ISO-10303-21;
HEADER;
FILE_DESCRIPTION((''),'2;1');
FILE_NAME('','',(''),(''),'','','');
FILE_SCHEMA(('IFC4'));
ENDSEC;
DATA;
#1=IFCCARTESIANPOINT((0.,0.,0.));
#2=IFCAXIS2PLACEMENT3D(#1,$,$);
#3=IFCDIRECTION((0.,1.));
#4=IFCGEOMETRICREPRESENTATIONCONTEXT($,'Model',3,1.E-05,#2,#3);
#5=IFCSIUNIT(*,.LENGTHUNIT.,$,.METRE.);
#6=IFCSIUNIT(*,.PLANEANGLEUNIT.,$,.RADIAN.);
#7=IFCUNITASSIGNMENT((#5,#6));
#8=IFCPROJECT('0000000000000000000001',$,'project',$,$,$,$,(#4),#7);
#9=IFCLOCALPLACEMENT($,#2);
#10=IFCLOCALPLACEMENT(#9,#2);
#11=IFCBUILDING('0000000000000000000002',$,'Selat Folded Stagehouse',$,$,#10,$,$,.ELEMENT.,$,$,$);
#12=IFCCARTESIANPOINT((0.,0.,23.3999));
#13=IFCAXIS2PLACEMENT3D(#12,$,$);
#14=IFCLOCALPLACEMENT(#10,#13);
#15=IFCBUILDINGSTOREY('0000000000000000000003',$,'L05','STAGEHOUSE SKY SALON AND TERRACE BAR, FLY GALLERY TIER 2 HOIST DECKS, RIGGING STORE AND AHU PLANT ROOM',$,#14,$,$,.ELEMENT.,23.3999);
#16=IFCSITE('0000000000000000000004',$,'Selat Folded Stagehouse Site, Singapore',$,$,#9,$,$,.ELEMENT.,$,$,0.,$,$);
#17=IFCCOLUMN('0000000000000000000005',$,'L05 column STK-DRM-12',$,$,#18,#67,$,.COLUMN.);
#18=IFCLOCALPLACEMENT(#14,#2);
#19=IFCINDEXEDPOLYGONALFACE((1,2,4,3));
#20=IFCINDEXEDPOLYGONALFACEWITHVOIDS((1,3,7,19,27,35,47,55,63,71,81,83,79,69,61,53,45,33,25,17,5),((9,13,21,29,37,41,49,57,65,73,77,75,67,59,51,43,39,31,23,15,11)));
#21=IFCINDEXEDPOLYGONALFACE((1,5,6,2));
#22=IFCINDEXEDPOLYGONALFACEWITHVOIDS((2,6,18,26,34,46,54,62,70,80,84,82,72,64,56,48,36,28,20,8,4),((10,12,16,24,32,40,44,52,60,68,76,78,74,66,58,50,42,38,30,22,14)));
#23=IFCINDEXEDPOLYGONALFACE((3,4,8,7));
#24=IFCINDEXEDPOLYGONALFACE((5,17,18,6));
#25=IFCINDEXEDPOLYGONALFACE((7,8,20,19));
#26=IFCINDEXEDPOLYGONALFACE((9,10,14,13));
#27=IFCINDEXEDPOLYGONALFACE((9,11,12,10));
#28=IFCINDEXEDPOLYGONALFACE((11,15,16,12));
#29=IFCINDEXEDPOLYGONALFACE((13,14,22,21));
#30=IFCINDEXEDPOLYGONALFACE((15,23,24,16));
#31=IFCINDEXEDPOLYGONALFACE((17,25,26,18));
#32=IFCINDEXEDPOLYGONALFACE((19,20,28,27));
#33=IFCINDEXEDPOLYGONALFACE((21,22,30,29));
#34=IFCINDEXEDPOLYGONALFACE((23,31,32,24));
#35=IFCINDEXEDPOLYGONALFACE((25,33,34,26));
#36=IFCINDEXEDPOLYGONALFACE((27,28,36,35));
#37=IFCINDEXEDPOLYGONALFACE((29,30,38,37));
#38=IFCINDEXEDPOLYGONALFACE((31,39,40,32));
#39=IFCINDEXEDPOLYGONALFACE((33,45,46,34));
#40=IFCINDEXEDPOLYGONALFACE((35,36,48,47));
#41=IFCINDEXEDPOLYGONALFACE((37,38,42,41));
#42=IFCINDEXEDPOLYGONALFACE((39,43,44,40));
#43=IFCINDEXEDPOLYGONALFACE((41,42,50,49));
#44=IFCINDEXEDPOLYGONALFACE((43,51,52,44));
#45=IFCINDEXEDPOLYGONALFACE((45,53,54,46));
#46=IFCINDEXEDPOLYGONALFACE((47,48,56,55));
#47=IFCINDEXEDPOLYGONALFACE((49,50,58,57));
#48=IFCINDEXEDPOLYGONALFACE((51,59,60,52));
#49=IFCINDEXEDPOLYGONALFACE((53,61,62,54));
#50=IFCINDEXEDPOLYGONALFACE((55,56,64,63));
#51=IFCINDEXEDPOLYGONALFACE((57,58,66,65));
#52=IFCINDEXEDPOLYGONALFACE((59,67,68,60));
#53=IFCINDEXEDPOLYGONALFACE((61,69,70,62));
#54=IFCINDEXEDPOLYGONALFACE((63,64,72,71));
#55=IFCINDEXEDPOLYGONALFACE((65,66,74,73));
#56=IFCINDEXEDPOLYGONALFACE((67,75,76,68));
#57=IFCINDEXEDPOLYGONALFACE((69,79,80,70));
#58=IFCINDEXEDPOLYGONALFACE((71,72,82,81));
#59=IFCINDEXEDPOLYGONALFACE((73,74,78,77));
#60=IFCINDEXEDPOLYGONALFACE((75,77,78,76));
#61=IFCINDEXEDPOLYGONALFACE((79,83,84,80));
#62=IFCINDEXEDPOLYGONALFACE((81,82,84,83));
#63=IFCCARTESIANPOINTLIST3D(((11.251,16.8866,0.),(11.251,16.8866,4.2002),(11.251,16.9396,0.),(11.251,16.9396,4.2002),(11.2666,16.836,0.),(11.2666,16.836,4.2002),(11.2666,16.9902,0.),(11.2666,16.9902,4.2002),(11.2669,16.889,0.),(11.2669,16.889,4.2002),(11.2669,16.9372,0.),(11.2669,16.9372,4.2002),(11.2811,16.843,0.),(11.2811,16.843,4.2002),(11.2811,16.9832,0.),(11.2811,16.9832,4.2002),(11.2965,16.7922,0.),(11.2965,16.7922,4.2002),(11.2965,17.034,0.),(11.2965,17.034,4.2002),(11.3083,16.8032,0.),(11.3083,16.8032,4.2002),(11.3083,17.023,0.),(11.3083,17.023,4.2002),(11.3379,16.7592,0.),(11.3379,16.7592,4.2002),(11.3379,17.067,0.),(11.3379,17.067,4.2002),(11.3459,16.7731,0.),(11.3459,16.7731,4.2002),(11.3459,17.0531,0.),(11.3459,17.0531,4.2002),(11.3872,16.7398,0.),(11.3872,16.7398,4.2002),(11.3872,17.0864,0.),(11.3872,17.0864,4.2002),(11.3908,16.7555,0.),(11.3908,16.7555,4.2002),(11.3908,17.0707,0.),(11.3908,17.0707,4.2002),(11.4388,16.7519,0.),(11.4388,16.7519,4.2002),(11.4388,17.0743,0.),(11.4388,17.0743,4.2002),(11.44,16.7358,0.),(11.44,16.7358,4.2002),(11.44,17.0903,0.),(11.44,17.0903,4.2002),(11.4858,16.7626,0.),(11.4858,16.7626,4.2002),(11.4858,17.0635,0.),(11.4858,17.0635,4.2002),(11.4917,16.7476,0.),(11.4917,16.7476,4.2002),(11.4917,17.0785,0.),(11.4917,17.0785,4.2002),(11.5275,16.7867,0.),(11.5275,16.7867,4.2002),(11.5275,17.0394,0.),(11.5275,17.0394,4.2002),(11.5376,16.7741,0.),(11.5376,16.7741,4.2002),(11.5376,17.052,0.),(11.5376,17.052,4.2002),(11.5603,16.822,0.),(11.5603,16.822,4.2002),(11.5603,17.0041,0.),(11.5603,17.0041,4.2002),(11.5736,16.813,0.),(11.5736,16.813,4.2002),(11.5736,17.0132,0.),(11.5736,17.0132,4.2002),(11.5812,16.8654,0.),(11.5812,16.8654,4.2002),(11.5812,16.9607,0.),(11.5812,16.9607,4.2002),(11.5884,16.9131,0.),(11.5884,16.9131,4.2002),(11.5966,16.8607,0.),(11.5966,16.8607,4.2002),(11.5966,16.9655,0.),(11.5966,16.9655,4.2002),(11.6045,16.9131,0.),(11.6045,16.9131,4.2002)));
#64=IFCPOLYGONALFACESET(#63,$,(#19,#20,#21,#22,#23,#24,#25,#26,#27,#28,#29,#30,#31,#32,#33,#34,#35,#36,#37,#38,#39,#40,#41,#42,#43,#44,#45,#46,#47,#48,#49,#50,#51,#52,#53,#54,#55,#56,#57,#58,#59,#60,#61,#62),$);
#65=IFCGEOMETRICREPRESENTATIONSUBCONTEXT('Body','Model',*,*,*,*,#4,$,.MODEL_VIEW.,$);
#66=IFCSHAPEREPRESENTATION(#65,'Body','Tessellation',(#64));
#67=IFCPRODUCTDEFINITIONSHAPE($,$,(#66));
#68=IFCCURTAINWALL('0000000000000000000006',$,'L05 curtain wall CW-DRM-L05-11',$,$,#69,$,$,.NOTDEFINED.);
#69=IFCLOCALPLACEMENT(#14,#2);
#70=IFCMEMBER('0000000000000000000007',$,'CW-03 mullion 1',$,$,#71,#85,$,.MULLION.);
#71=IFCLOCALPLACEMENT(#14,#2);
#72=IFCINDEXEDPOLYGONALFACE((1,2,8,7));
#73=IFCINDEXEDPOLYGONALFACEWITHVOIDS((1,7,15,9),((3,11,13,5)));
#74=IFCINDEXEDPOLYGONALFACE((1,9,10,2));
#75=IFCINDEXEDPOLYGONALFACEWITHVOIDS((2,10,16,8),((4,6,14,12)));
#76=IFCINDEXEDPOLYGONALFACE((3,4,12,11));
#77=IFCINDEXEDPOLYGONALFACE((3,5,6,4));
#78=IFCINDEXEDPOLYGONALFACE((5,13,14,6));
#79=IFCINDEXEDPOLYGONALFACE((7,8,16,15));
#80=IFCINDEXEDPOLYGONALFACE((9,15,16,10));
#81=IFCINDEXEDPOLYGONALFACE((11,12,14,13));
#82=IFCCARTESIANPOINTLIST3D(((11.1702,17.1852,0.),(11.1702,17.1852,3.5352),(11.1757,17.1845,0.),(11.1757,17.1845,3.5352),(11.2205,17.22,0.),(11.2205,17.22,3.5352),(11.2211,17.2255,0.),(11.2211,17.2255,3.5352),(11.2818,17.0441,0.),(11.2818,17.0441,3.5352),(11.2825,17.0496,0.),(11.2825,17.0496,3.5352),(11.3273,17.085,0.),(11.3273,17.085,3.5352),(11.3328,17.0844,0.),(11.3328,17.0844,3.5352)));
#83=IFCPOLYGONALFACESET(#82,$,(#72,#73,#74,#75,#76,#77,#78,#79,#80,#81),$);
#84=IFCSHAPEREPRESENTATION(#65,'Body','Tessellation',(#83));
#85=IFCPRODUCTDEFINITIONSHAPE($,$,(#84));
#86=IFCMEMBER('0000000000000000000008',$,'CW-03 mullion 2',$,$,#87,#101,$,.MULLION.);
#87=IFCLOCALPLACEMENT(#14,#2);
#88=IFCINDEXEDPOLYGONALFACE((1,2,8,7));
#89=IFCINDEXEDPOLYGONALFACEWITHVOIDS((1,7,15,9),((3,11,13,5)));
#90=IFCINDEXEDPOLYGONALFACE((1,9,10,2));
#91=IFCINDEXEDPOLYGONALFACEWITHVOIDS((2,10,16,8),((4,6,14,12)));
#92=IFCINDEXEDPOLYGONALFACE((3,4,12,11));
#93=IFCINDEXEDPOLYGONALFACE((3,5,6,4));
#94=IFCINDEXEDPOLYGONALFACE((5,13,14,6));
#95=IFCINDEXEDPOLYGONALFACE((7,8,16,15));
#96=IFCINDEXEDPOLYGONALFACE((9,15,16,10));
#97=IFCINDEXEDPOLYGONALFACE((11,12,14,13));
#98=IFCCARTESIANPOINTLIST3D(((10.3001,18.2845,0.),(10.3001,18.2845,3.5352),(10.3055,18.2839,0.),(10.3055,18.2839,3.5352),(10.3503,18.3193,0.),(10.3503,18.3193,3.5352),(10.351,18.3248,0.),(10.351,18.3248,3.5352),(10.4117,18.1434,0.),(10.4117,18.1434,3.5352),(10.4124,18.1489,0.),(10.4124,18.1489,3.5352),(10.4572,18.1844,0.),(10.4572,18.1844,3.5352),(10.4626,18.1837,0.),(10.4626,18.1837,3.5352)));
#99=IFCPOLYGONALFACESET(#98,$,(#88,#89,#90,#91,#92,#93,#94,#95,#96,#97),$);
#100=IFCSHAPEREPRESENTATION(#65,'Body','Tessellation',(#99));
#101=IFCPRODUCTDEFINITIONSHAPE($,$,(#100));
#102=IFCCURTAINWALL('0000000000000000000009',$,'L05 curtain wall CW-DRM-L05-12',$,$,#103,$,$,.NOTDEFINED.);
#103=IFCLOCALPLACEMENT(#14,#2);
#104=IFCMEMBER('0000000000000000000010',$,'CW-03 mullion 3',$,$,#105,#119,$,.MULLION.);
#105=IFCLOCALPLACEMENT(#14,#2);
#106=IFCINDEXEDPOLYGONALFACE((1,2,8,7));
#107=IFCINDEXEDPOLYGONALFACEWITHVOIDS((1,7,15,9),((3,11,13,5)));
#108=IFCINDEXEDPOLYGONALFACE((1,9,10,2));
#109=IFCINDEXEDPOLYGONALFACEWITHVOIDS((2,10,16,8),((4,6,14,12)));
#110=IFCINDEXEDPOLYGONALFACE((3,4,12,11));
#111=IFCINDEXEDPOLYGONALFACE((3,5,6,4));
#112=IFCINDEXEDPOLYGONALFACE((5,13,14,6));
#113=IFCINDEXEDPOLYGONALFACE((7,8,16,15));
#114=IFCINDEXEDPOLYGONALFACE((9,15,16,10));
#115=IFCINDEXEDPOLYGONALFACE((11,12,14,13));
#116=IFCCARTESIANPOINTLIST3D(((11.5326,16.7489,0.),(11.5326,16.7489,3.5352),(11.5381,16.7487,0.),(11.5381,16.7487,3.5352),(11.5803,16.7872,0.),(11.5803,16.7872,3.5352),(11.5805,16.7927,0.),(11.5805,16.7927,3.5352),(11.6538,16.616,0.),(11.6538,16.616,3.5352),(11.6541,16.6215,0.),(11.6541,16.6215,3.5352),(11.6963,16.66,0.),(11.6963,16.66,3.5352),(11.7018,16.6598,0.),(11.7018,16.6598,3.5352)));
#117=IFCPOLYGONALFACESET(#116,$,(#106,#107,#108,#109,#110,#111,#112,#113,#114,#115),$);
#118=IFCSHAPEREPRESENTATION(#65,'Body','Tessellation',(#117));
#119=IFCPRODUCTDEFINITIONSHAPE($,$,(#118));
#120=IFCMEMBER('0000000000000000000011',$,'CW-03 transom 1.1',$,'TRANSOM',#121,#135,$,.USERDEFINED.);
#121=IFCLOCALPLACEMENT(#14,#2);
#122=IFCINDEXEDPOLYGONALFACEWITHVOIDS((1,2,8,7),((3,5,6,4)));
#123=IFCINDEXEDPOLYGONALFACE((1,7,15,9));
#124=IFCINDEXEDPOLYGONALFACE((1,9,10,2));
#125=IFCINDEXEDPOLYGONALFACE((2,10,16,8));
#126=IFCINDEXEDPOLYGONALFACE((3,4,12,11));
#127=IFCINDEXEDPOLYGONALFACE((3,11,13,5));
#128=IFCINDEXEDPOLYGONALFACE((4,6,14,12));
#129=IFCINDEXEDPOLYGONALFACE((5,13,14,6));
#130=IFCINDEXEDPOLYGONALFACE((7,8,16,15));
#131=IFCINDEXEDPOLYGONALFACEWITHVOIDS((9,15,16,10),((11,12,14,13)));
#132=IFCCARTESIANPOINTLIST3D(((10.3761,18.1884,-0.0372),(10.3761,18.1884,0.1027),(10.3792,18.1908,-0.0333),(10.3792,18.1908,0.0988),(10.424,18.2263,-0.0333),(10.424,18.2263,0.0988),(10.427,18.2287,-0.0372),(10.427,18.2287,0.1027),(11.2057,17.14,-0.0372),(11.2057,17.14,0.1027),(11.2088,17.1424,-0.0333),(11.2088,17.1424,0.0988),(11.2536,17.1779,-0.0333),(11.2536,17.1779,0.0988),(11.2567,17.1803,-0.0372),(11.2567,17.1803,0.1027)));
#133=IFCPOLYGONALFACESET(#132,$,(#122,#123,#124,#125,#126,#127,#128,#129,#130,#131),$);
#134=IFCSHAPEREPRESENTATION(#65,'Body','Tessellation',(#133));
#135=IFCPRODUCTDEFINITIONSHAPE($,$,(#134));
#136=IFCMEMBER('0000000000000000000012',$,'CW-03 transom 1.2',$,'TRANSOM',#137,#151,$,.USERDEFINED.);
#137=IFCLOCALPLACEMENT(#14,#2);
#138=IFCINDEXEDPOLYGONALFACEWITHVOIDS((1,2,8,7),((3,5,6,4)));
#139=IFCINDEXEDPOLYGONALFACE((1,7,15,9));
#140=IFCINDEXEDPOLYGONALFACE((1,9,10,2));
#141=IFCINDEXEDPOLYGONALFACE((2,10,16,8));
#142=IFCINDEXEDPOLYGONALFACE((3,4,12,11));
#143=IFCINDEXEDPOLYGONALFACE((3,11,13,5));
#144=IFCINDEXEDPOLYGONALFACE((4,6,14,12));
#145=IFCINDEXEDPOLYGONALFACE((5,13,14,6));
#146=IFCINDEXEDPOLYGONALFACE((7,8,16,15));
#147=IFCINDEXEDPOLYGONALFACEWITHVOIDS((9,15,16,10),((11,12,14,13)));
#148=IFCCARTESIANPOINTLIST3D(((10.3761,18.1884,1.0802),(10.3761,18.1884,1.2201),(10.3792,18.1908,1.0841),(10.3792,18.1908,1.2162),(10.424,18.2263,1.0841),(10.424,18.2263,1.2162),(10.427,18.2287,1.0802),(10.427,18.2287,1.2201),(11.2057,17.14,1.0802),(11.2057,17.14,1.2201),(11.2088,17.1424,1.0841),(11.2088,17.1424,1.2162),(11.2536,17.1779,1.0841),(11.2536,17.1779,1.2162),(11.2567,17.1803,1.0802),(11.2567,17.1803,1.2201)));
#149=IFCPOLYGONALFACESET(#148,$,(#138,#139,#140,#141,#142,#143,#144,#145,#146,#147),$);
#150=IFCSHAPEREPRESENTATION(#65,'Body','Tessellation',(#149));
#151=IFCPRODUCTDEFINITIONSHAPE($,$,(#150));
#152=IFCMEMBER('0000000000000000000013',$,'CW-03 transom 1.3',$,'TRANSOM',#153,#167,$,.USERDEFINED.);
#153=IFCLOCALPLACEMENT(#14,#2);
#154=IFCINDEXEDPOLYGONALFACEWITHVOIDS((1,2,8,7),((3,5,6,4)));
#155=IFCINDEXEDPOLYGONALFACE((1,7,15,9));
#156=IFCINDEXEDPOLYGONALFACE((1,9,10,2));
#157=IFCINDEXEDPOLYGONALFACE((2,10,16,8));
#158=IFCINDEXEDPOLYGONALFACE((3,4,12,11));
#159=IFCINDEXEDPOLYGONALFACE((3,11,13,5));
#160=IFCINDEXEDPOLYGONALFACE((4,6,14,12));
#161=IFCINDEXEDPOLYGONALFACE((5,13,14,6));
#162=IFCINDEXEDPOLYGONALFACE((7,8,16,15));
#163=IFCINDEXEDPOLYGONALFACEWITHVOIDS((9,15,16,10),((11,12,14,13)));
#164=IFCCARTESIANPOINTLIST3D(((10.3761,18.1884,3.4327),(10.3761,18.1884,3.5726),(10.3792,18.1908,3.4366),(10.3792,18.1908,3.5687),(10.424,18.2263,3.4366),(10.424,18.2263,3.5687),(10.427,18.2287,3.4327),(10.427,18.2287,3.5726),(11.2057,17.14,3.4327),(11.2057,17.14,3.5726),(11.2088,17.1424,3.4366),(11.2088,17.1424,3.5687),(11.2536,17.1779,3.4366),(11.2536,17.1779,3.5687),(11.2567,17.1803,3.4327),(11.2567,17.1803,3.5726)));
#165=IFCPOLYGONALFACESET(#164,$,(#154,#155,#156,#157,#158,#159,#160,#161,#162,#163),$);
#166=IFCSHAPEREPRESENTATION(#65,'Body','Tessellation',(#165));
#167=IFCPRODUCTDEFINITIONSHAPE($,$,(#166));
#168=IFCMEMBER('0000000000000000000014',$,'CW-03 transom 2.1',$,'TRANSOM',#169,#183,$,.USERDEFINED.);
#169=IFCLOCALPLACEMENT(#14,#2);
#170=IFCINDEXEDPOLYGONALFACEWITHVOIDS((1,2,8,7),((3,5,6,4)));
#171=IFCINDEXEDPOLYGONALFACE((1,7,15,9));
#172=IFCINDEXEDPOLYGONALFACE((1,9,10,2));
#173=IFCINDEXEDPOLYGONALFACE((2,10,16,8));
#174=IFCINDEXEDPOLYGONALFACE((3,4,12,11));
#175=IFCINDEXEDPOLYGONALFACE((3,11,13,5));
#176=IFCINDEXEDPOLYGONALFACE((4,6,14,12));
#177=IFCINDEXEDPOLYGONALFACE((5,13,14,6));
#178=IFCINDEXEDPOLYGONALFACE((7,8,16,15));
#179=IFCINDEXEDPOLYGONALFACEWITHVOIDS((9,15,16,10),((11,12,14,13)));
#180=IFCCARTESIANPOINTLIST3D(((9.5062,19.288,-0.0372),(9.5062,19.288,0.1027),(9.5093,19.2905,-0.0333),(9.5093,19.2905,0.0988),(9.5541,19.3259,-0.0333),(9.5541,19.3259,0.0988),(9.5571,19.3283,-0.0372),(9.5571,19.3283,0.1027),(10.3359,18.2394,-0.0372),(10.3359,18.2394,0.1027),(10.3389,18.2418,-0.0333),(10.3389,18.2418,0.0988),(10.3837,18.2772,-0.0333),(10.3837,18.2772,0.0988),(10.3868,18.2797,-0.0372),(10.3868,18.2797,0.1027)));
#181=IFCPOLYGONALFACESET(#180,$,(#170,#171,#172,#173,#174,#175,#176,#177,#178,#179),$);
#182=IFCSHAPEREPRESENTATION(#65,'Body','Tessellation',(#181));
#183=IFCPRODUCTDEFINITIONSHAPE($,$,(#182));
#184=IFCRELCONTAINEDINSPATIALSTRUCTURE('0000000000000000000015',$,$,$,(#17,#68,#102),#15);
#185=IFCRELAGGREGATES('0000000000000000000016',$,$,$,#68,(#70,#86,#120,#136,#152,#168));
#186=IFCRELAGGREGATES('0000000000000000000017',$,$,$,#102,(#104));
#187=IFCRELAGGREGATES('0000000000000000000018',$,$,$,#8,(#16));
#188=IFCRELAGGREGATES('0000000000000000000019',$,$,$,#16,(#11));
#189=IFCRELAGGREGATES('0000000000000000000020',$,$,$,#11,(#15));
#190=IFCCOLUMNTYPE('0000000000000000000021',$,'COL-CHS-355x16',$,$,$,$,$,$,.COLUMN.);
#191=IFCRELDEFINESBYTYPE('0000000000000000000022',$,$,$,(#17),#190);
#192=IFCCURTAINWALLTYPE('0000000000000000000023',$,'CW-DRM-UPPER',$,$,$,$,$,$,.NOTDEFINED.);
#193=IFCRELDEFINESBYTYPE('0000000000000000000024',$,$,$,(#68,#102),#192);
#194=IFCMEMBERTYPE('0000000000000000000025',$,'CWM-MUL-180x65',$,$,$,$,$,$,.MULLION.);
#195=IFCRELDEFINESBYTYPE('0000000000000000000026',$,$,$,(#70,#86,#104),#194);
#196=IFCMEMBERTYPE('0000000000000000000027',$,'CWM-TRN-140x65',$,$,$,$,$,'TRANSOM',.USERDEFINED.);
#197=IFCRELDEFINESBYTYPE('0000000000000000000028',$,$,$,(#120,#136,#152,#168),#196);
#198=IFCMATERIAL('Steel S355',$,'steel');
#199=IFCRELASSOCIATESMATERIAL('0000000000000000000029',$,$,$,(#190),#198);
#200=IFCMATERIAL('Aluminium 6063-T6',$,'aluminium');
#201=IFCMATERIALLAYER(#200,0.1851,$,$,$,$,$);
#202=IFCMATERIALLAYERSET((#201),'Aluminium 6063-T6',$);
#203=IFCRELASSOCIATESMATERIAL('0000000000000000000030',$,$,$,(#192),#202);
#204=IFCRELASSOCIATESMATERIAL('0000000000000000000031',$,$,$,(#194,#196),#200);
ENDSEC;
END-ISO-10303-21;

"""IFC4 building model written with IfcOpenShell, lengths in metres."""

from ifc_helpers import new_model, si_unit, direction, frame, origin, origin_2d, place, context, subcontext, project, spatial, hollow_rectangle, hollow_circle, extrude, material, layer, layer_set, material_profile, profile_set, type_object, element, aggregate, save


model = new_model("IFC4")

# Units and contexts
model_context = context("Model", 3, precision=1e-05, world=origin(), true_north=direction((0.0, 1.0)))
body_context = subcontext(model_context, "Body", "Model", "MODEL_VIEW")
ifc_project = project(units=[si_unit("LENGTHUNIT", "METRE"), si_unit("PLANEANGLEUNIT", "RADIAN")], contexts=[model_context])

# Site, building, storey
site_placement = place(None, origin())
site = spatial("IfcSite", under=ifc_project, at=site_placement, Name="Selat Folded Stagehouse Site, Singapore", CompositionType="ELEMENT", RefElevation=0.0)
building_placement = place(site_placement, origin())
building = spatial("IfcBuilding", under=site, at=building_placement, Name="Selat Folded Stagehouse", CompositionType="ELEMENT")
storey_placement = place(building_placement, frame((0.0, 0.0, 23.3999)))
storey = spatial("IfcBuildingStorey", under=building, at=storey_placement, Name="L05", Description="STAGEHOUSE SKY SALON AND TERRACE BAR, FLY GALLERY TIER 2 HOIST DECKS, RIGGING STORE AND AHU PLANT ROOM", CompositionType="ELEMENT", Elevation=23.3999)

# Column
ifc_material_1 = material(Name="Steel S355", Category="steel")
ifc_material_profile_1 = material_profile(ifc_material_1, hollow_circle(Radius=0.1777, WallThickness=0.0161, at=origin_2d()), Name="CHS 355.6x16.0")
ifc_profile_set_1 = profile_set([ifc_material_profile_1], Name="Steel S355")
column_type = type_object("IfcColumnType", Name="COL-CHS-355x16", PredefinedType="COLUMN", material=ifc_profile_set_1)
column_placement = place(storey_placement, frame((11.4268, 16.9131, 0.0), z_axis=(0.0, 0.0, 1.0), x_axis=(1.0, 0.0, 0.0)))
element("IfcColumn", 1, at=column_placement, inside=storey, type_object=column_type, Name="L05 column STK-DRM-12", PredefinedType="COLUMN", context=body_context, shape_type="SweptSolid", body=[
    extrude(hollow_circle(Radius=0.1777, WallThickness=0.0161, at=origin_2d()), origin(), (0.0, 0.0, 1.0), 4.2002),
])

# Curtain wall, members
ifc_material_2 = material(Name="Aluminium 6063-T6", Category="aluminium")
ifc_layer_1 = layer(ifc_material_2, 0.1851)
ifc_layer_set_1 = layer_set([ifc_layer_1], Name="Aluminium 6063-T6")
curtain_wall_type = type_object("IfcCurtainWallType", Name="CW-DRM-UPPER", PredefinedType="NOTDEFINED", material=ifc_layer_set_1)
curtain_wall_1_placement = place(storey_placement, origin())
curtain_wall_1 = element("IfcCurtainWall", 2, at=curtain_wall_1_placement, inside=storey, type_object=curtain_wall_type, Name="L05 curtain wall CW-DRM-L05-11", PredefinedType="NOTDEFINED")
ifc_material_profile_2 = material_profile(ifc_material_2, hollow_rectangle(XDim=0.0649, YDim=0.1799, WallThickness=0.0039, at=origin_2d()), Name="ALU 180x65x4.0")
ifc_profile_set_2 = profile_set([ifc_material_profile_2], Name="Aluminium 6063-T6")
member_type_1 = type_object("IfcMemberType", Name="CWM-MUL-180x65", PredefinedType="MULLION", material=ifc_profile_set_2)
member_1_placement = place(storey_placement, frame((11.2515, 17.1348, 0.0), z_axis=(0.0, 0.0, 1.0), x_axis=(-0.78418, -0.620533, 0.0)))
member_1 = element("IfcMember", 3, at=member_1_placement, type_object=member_type_1, Name="CW-03 mullion 1", PredefinedType="MULLION", context=body_context, shape_type="SweptSolid", body=[
    extrude(hollow_rectangle(XDim=0.0649, YDim=0.1799, WallThickness=0.0039, at=origin_2d()), origin(), (0.0, 0.0, 1.0), 3.5352),
])
member_2_placement = place(storey_placement, frame((10.3813, 18.2341, 0.0), z_axis=(0.0, 0.0, 1.0), x_axis=(-0.78418, -0.620533, 0.0)))
member_2 = element("IfcMember", 4, at=member_2_placement, type_object=member_type_1, Name="CW-03 mullion 2", PredefinedType="MULLION", context=body_context, shape_type="SweptSolid", body=[
    extrude(hollow_rectangle(XDim=0.0649, YDim=0.1799, WallThickness=0.0039, at=origin_2d()), origin(), (0.0, 0.0, 1.0), 3.5352),
])

# Curtain wall, member
curtain_wall_2_placement = place(storey_placement, origin())
curtain_wall_2 = element("IfcCurtainWall", 5, at=curtain_wall_2_placement, inside=storey, type_object=curtain_wall_type, Name="L05 curtain wall CW-DRM-L05-12", PredefinedType="NOTDEFINED")
member_3_placement = place(storey_placement, frame((11.6172, 16.7043, 0.0), z_axis=(0.0, 0.0, 1.0), x_axis=(-0.738729, -0.674002, 0.0)))
member_3 = element("IfcMember", 6, at=member_3_placement, type_object=member_type_1, Name="CW-03 mullion 3", PredefinedType="MULLION", context=body_context, shape_type="SweptSolid", body=[
    extrude(hollow_rectangle(XDim=0.0649, YDim=0.1799, WallThickness=0.0039, at=origin_2d()), origin(), (0.0, 0.0, 1.0), 3.5352),
])

# Members
ifc_material_profile_3 = material_profile(ifc_material_2, hollow_rectangle(XDim=0.0649, YDim=0.1399, WallThickness=0.0039, at=origin_2d()), Name="ALU 140x65x4.0")
ifc_profile_set_3 = profile_set([ifc_material_profile_3], Name="Aluminium 6063-T6")
member_type_2 = type_object("IfcMemberType", Name="CWM-TRN-140x65", ElementType="TRANSOM", PredefinedType="USERDEFINED", material=ifc_profile_set_3)
member_4_placement = place(storey_placement, frame((11.2312, 17.1602, 0.0327), z_axis=(-0.620544, 0.784172, 0.0), x_axis=(-0.784172, -0.620544, 0.0)))
member_4 = element("IfcMember", 7, at=member_4_placement, type_object=member_type_2, Name="CW-03 transom 1.1", ObjectType="TRANSOM", PredefinedType="USERDEFINED", context=body_context, shape_type="SweptSolid", body=[
    extrude(hollow_rectangle(XDim=0.0649, YDim=0.1399, WallThickness=0.0039, at=origin_2d()), origin(), (0.0, 0.0, 1.0), 1.3369),
])
member_5_placement = place(storey_placement, frame((11.2312, 17.1602, 1.1501), z_axis=(-0.620544, 0.784172, 0.0), x_axis=(-0.784172, -0.620544, 0.0)))
member_5 = element("IfcMember", 8, at=member_5_placement, type_object=member_type_2, Name="CW-03 transom 1.2", ObjectType="TRANSOM", PredefinedType="USERDEFINED", context=body_context, shape_type="SweptSolid", body=[
    extrude(hollow_rectangle(XDim=0.0649, YDim=0.1399, WallThickness=0.0039, at=origin_2d()), origin(), (0.0, 0.0, 1.0), 1.3369),
])
member_6_placement = place(storey_placement, frame((11.2312, 17.1602, 3.5027), z_axis=(-0.620544, 0.784172, 0.0), x_axis=(-0.784172, -0.620544, 0.0)))
member_6 = element("IfcMember", 9, at=member_6_placement, type_object=member_type_2, Name="CW-03 transom 1.3", ObjectType="TRANSOM", PredefinedType="USERDEFINED", context=body_context, shape_type="SweptSolid", body=[
    extrude(hollow_rectangle(XDim=0.0649, YDim=0.1399, WallThickness=0.0039, at=origin_2d()), origin(), (0.0, 0.0, 1.0), 1.3369),
])
member_7_placement = place(storey_placement, frame((10.3613, 18.2595, 0.0327), z_axis=(-0.620455, 0.784242, 0.0), x_axis=(-0.784242, -0.620455, 0.0)))
member_7 = element("IfcMember", 10, at=member_7_placement, type_object=member_type_2, Name="CW-03 transom 2.1", ObjectType="TRANSOM", PredefinedType="USERDEFINED", context=body_context, shape_type="SweptSolid", body=[
    extrude(hollow_rectangle(XDim=0.0649, YDim=0.1399, WallThickness=0.0039, at=origin_2d()), origin(), (0.0, 0.0, 1.0), 1.3372),
])

aggregate(curtain_wall_1, [member_1, member_2, member_4, member_5, member_6, member_7])
aggregate(curtain_wall_2, [member_3])

save(model, "model.ifc")
